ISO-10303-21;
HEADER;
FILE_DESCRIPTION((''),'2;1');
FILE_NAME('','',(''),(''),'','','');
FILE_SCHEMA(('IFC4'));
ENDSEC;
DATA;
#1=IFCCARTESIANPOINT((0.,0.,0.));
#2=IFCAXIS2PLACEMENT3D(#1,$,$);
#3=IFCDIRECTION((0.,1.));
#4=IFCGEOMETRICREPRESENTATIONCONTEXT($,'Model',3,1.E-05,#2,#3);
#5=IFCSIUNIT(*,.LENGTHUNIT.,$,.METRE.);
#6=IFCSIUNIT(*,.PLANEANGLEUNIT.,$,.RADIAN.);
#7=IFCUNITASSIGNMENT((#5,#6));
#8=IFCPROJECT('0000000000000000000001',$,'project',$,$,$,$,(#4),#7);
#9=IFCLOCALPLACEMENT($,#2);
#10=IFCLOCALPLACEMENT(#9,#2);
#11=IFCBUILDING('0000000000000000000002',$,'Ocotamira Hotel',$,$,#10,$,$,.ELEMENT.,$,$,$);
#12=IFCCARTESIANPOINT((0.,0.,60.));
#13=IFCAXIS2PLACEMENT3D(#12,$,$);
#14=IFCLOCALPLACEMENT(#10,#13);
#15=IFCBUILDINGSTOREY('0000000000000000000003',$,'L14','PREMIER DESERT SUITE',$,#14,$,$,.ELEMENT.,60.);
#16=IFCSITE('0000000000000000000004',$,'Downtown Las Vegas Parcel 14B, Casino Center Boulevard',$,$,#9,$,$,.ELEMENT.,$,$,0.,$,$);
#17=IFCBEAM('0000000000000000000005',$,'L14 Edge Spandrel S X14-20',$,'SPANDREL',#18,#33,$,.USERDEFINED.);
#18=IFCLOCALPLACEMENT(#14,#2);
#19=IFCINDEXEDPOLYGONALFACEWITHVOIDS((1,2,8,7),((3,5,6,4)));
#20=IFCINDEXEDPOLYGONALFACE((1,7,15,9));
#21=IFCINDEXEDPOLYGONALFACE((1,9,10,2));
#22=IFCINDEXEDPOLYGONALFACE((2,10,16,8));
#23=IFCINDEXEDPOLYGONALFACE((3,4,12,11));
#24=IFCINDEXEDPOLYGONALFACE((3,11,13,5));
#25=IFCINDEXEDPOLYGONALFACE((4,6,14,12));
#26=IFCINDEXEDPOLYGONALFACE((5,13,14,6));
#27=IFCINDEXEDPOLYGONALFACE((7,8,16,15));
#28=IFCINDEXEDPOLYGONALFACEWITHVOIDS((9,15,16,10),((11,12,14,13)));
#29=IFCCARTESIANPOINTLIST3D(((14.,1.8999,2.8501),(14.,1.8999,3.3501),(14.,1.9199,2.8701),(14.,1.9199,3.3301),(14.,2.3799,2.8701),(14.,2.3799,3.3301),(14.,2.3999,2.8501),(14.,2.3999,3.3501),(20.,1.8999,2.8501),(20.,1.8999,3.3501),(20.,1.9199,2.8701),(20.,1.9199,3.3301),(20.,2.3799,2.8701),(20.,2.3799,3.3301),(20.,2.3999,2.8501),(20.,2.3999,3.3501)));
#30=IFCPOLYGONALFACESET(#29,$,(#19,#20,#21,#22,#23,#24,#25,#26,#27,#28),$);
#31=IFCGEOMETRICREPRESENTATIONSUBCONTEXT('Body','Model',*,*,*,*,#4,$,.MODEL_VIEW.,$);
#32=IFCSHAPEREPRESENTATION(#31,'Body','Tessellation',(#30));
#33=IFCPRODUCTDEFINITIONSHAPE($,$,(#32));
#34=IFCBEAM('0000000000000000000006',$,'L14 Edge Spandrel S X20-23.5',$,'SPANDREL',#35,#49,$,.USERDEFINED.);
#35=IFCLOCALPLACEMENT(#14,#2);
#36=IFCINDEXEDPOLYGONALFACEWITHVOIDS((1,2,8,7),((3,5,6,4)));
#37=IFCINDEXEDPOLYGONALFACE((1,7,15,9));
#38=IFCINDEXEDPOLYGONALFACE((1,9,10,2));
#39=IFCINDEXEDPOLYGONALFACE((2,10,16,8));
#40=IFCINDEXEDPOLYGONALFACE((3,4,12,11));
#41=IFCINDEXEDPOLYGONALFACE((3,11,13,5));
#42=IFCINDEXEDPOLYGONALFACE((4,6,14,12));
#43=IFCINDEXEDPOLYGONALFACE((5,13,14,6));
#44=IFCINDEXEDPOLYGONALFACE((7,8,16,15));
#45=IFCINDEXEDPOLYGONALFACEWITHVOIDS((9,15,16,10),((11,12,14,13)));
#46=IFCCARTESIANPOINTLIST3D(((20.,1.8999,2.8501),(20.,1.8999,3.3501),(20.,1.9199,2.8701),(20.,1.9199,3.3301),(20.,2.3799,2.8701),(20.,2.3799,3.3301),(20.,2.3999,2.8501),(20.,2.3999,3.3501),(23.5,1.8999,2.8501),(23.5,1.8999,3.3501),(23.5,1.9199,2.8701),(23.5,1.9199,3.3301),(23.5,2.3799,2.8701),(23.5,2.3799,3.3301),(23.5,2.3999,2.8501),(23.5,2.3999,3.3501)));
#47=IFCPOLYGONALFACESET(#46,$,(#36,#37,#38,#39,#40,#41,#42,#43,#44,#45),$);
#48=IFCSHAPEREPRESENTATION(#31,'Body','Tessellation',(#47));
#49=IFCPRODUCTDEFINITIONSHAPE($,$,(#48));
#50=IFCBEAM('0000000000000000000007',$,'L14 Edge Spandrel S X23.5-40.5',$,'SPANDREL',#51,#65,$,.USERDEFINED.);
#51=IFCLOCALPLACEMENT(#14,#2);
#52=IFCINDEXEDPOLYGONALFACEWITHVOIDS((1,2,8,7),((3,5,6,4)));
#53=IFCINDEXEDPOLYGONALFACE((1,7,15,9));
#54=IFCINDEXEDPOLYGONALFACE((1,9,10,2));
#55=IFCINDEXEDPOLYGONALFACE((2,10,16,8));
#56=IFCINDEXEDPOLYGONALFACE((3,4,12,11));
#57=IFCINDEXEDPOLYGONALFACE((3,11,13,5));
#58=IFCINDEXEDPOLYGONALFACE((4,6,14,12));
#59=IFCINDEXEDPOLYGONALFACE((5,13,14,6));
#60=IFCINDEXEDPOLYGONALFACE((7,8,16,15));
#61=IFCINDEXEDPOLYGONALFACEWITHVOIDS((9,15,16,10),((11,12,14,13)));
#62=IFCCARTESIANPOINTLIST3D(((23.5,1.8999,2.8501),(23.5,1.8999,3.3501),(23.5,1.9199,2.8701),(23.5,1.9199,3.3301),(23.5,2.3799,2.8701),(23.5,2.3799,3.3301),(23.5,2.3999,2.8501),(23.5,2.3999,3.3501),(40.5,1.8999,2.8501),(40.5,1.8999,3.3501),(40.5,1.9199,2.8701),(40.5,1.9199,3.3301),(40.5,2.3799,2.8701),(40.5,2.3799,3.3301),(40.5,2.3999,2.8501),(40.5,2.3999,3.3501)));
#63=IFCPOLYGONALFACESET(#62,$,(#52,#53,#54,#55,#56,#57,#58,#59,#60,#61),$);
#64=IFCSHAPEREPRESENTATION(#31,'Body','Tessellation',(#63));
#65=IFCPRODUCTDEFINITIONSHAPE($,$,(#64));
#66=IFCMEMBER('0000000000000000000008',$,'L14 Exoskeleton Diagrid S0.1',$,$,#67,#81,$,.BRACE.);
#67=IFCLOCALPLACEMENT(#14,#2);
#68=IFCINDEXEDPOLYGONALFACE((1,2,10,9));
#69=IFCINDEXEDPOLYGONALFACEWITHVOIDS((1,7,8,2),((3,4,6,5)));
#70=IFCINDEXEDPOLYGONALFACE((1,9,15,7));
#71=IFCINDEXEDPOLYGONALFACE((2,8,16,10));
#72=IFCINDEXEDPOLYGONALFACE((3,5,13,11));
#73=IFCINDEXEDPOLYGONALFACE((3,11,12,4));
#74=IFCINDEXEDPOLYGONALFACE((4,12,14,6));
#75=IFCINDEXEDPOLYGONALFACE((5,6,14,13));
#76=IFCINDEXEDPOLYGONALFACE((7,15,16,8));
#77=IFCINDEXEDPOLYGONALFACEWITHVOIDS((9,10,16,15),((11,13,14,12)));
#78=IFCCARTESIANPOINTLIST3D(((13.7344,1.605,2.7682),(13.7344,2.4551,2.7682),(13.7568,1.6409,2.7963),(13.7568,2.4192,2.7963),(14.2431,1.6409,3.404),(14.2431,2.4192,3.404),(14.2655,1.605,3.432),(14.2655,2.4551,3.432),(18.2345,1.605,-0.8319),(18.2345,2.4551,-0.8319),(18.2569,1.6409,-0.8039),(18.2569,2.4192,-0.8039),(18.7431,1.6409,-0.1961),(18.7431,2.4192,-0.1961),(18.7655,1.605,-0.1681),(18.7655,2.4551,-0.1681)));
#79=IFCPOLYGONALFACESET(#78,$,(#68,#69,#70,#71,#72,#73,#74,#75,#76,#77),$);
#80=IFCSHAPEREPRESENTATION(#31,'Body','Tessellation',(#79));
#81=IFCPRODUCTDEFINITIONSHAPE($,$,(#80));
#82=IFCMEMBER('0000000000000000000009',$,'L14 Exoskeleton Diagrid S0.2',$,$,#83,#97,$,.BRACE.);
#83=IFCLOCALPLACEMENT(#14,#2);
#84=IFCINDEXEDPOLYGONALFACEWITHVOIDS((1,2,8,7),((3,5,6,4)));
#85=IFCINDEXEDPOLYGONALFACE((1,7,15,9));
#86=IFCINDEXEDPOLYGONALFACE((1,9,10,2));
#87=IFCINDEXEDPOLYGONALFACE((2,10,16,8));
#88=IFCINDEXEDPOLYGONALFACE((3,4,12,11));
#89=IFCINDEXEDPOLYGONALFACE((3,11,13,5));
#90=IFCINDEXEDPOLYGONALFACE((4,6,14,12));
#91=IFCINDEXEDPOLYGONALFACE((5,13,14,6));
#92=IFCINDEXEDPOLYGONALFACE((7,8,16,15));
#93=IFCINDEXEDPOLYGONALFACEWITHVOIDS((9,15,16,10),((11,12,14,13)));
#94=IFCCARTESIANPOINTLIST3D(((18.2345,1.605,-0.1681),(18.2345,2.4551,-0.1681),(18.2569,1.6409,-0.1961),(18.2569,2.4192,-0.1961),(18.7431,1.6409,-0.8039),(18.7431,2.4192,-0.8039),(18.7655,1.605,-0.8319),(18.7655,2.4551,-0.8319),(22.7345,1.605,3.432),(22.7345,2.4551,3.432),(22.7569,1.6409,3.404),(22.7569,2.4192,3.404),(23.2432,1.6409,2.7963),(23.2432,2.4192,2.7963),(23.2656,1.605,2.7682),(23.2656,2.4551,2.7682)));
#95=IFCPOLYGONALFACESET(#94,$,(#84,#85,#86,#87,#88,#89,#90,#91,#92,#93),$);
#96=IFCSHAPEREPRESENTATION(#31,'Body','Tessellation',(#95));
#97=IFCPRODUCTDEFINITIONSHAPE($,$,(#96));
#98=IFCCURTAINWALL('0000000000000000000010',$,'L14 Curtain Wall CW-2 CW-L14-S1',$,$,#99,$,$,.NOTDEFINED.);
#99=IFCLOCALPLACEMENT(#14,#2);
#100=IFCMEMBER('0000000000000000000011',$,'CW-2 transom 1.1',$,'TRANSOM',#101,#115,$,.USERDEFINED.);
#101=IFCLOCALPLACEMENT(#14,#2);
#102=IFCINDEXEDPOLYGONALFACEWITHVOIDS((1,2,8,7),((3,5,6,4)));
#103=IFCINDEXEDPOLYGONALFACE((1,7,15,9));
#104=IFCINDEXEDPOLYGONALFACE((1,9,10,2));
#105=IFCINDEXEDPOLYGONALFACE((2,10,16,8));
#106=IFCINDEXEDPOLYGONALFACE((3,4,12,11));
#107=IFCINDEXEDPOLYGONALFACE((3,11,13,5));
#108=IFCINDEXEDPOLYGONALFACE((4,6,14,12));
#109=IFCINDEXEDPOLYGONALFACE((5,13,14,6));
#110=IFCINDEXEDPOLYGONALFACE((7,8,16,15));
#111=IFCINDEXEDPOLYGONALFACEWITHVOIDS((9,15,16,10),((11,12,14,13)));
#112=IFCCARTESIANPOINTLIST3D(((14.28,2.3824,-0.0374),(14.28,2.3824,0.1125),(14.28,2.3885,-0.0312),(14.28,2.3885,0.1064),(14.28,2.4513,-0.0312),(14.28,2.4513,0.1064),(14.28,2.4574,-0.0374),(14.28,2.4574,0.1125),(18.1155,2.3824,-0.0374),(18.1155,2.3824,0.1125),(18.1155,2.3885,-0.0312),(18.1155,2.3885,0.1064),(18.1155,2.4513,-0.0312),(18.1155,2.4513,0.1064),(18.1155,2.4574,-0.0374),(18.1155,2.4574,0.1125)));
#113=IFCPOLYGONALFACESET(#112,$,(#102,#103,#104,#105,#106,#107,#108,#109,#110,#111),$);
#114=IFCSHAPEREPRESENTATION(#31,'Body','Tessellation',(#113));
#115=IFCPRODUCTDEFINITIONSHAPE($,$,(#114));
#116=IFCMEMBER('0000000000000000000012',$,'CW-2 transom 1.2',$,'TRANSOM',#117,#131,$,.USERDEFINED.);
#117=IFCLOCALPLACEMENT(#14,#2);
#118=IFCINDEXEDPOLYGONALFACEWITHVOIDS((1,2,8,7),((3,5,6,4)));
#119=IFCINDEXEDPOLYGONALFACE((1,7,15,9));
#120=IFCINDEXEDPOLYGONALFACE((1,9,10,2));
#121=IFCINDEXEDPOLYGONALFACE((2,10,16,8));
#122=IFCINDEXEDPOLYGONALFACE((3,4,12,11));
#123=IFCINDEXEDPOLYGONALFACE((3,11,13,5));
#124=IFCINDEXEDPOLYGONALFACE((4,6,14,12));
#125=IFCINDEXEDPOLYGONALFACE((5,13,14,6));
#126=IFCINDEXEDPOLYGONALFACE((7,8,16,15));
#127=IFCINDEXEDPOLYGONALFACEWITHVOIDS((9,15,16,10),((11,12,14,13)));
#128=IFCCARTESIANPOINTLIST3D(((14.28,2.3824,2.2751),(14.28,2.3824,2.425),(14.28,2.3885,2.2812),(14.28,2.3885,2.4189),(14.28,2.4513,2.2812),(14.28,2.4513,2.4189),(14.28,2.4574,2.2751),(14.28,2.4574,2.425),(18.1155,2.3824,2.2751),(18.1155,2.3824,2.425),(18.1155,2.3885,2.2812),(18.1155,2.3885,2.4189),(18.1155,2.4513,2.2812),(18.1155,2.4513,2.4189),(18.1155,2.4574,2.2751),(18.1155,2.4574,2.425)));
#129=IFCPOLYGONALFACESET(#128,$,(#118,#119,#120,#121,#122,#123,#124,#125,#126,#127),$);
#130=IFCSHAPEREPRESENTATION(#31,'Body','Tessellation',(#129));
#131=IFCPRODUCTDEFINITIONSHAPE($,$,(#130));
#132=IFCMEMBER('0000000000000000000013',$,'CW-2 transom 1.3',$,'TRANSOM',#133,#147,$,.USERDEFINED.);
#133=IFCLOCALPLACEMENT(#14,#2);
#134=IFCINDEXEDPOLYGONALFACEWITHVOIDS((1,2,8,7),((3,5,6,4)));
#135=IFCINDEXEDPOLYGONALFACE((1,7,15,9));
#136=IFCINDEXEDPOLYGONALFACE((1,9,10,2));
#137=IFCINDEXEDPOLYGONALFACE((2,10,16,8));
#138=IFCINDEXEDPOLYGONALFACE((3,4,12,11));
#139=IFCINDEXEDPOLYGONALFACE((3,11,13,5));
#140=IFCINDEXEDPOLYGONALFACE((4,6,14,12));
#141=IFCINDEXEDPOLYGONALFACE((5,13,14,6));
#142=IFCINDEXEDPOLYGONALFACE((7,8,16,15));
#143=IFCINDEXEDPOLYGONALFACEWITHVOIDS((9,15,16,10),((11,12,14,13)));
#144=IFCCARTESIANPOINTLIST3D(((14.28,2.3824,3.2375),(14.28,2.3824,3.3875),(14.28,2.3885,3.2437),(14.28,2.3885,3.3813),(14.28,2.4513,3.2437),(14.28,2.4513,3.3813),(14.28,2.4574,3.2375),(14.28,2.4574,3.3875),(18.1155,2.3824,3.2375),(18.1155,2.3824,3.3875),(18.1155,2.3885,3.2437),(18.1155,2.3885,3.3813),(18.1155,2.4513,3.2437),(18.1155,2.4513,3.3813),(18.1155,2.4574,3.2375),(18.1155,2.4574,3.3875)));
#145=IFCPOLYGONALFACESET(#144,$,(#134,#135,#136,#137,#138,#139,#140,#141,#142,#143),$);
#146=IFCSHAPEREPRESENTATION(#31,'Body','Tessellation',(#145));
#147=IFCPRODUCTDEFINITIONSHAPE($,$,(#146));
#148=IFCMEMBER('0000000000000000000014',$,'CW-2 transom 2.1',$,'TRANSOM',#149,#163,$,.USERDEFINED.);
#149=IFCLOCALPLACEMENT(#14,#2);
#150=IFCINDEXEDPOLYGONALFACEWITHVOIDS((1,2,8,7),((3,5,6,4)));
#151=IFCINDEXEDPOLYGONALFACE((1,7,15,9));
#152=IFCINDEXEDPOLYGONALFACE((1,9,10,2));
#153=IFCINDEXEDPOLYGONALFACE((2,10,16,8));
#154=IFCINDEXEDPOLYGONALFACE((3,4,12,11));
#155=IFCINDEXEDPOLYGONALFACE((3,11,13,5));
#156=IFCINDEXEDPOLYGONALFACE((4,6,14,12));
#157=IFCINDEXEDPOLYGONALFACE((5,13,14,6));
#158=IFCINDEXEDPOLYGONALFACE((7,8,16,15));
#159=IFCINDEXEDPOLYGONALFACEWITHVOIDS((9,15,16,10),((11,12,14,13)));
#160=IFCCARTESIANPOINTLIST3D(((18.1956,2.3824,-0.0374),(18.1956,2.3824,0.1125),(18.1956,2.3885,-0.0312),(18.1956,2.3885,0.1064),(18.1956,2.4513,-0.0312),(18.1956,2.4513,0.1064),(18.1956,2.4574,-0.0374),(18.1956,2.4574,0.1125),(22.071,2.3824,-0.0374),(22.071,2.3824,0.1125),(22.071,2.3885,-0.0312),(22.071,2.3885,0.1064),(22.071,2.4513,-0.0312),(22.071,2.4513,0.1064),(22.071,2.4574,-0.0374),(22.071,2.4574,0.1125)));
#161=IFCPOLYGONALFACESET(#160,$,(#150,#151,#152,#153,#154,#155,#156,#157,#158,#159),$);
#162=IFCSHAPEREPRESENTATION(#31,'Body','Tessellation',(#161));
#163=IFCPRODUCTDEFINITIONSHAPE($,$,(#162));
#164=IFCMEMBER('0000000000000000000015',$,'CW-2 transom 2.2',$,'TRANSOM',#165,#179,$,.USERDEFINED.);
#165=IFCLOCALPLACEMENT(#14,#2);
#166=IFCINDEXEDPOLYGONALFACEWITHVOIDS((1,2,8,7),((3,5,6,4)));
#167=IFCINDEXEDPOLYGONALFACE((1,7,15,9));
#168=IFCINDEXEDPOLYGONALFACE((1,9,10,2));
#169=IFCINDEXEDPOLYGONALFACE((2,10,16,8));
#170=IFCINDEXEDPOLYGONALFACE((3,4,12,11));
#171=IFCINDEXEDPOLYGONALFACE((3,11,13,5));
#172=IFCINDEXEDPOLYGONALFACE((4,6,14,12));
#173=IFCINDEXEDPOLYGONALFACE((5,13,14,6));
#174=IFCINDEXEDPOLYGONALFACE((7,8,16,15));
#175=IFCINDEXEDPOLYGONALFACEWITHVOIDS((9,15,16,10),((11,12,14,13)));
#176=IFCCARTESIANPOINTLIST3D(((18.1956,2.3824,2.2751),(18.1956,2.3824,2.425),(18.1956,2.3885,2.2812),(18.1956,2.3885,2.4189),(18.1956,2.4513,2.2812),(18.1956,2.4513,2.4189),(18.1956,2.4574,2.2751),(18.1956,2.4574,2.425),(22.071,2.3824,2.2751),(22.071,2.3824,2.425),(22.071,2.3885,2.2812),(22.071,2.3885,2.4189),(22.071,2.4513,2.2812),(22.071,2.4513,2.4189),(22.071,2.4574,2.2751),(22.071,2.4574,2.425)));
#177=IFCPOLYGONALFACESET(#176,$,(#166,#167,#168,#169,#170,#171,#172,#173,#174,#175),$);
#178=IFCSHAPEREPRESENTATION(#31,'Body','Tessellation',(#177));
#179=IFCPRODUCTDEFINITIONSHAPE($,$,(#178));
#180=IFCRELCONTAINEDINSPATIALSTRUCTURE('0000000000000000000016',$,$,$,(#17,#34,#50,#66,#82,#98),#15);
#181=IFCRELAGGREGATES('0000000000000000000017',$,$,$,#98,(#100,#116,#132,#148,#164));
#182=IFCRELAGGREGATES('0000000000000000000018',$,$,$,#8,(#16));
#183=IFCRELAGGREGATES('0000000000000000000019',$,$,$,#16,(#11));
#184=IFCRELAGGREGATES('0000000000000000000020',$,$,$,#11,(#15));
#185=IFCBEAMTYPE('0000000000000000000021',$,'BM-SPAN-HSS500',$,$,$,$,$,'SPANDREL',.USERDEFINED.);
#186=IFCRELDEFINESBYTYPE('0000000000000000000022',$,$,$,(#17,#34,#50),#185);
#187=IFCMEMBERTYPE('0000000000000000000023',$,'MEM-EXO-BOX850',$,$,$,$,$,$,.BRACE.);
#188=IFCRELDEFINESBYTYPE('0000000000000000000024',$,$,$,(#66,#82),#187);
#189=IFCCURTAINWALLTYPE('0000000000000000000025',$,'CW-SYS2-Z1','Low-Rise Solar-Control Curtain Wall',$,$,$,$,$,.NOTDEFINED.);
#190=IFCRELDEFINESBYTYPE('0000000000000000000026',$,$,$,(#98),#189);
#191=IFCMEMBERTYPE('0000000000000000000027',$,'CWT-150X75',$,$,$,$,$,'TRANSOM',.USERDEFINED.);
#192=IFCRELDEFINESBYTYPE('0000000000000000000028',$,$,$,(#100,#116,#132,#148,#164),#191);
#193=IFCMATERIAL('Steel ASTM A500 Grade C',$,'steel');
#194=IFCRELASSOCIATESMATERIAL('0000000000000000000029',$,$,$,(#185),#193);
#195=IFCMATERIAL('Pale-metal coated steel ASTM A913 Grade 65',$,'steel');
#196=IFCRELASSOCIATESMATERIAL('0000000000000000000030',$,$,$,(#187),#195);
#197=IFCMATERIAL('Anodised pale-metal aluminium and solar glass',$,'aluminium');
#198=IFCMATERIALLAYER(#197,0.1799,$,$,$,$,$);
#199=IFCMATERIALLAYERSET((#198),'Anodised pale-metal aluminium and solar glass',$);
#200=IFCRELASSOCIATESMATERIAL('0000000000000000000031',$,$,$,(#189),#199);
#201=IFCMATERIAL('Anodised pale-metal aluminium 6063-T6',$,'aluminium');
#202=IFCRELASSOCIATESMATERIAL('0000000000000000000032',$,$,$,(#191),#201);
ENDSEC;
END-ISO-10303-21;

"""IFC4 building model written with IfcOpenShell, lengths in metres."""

from ifc_helpers import new_model, si_unit, direction, frame, origin, origin_2d, place, context, subcontext, project, spatial, hollow_rectangle, extrude, source, transform, mapped, material, layer, layer_set, material_profile, profile_set, type_object, element, aggregate, save


model = new_model("IFC4")

# Units and contexts
model_context = context("Model", 3, precision=1e-05, world=origin(), true_north=direction((0.0, 1.0)))
body_context = subcontext(model_context, "Body", "Model", "MODEL_VIEW")
ifc_project = project(units=[si_unit("LENGTHUNIT", "METRE"), si_unit("PLANEANGLEUNIT", "RADIAN")], contexts=[model_context])

# Site, building, storey
site_placement = place(None, origin())
site = spatial("IfcSite", under=ifc_project, at=site_placement, Name="Downtown Las Vegas Parcel 14B, Casino Center Boulevard", CompositionType="ELEMENT", RefElevation=0.0)
building_placement = place(site_placement, origin())
building = spatial("IfcBuilding", under=site, at=building_placement, Name="Ocotamira Hotel", CompositionType="ELEMENT")
storey_placement = place(building_placement, frame((0.0, 0.0, 60.0)))
storey = spatial("IfcBuildingStorey", under=building, at=storey_placement, Name="L14", Description="PREMIER DESERT SUITE", CompositionType="ELEMENT", Elevation=60.0)

# Beams
ifc_material_1 = material(Name="Steel ASTM A500 Grade C", Category="steel")
ifc_material_profile_1 = material_profile(ifc_material_1, hollow_rectangle(XDim=0.5, YDim=0.5, WallThickness=0.02, at=origin_2d()), Name="HSS500X500X20")
ifc_profile_set_1 = profile_set([ifc_material_profile_1], Name="Steel ASTM A500 Grade C")
beam_type = type_object("IfcBeamType", Name="BM-SPAN-HSS500", ElementType="SPANDREL", PredefinedType="USERDEFINED", material=ifc_profile_set_1)
shared_shape_1 = source(origin(), body_context, "Body", "SweptSolid", [
    extrude(hollow_rectangle(XDim=0.5, YDim=0.5, WallThickness=0.02, at=origin_2d()), origin(), (0.0, 0.0, 1.0), 6.0),
])
beam_1_placement = place(storey_placement, frame((14.0, 2.1499, 3.1001), z_axis=(1.0, 0.0, 0.0), x_axis=(0.0, 1.0, 0.0)))
element("IfcBeam", 1, at=beam_1_placement, inside=storey, type_object=beam_type, Name="L14 Edge Spandrel S X14-20", ObjectType="SPANDREL", PredefinedType="USERDEFINED", context=body_context, shape_type="MappedRepresentation", body=[
    mapped(shared_shape_1, transform((0.0, 0.0, 0.0), scale=1.0)),
])
shared_shape_2 = source(origin(), body_context, "Body", "SweptSolid", [
    extrude(hollow_rectangle(XDim=0.5, YDim=0.5, WallThickness=0.02, at=origin_2d()), origin(), (0.0, 0.0, 1.0), 3.5),
])
beam_2_placement = place(storey_placement, frame((20.0, 2.1499, 3.1001), z_axis=(1.0, 0.0, 0.0), x_axis=(0.0, 1.0, 0.0)))
element("IfcBeam", 2, at=beam_2_placement, inside=storey, type_object=beam_type, Name="L14 Edge Spandrel S X20-23.5", ObjectType="SPANDREL", PredefinedType="USERDEFINED", context=body_context, shape_type="MappedRepresentation", body=[
    mapped(shared_shape_2, transform((0.0, 0.0, 0.0), scale=1.0)),
])
shared_shape_3 = source(origin(), body_context, "Body", "SweptSolid", [
    extrude(hollow_rectangle(XDim=0.5, YDim=0.5, WallThickness=0.02, at=origin_2d()), origin(), (0.0, 0.0, 1.0), 17.0),
])
beam_3_placement = place(storey_placement, frame((23.5, 2.1499, 3.1001), z_axis=(1.0, 0.0, 0.0), x_axis=(0.0, 1.0, 0.0)))
element("IfcBeam", 3, at=beam_3_placement, inside=storey, type_object=beam_type, Name="L14 Edge Spandrel S X23.5-40.5", ObjectType="SPANDREL", PredefinedType="USERDEFINED", context=body_context, shape_type="MappedRepresentation", body=[
    mapped(shared_shape_3, transform((0.0, 0.0, 0.0), scale=1.0)),
])

# Members
ifc_material_2 = material(Name="Pale-metal coated steel ASTM A913 Grade 65", Category="steel")
ifc_material_profile_2 = material_profile(ifc_material_2, hollow_rectangle(XDim=0.8501, YDim=0.8501, WallThickness=0.0359, at=origin_2d()), Name="BOX850X850X36")
ifc_profile_set_2 = profile_set([ifc_material_profile_2], Name="Pale-metal coated steel ASTM A913 Grade 65")
member_type_1 = type_object("IfcMemberType", Name="MEM-EXO-BOX850", PredefinedType="BRACE", material=ifc_profile_set_2)
shared_shape_4 = source(origin(), body_context, "Body", "SweptSolid", [
    extrude(hollow_rectangle(XDim=0.8501, YDim=0.8501, WallThickness=0.0359, at=origin_2d()), origin(), (0.0, 0.0, 1.0), 5.7629),
])
for number, where, z_axis, x_axis, name in (
    (4, (18.5, 2.03, -0.5), (-0.780861, 0.0, 0.624705), (0.0, -1.0, 0.0), "L14 Exoskeleton Diagrid S0.1"),
    (5, (18.5, 2.03, -0.5), (0.780861, 0.0, 0.624705), (0.0, 1.0, 0.0), "L14 Exoskeleton Diagrid S0.2"),
):
    element("IfcMember", number, at=place(storey_placement, frame(where, z_axis=z_axis, x_axis=x_axis)), inside=storey, type_object=member_type_1, Name=name, PredefinedType="BRACE", context=body_context, shape_type="MappedRepresentation", body=[
        mapped(shared_shape_4, transform((0.0, 0.0, 0.0), scale=1.0)),
    ])

# Curtain wall, members
ifc_material_3 = material(Name="Anodised pale-metal aluminium and solar glass", Category="aluminium")
ifc_layer_1 = layer(ifc_material_3, 0.1799)
ifc_layer_set_1 = layer_set([ifc_layer_1], Name="Anodised pale-metal aluminium and solar glass")
curtain_wall_type = type_object("IfcCurtainWallType", Name="CW-SYS2-Z1", Description="Low-Rise Solar-Control Curtain Wall", PredefinedType="NOTDEFINED", material=ifc_layer_set_1)
curtain_wall_placement = place(storey_placement, origin())
curtain_wall = element("IfcCurtainWall", 6, at=curtain_wall_placement, inside=storey, type_object=curtain_wall_type, Name="L14 Curtain Wall CW-2 CW-L14-S1", PredefinedType="NOTDEFINED")
ifc_material_4 = material(Name="Anodised pale-metal aluminium 6063-T6", Category="aluminium")
ifc_material_profile_3 = material_profile(ifc_material_4, hollow_rectangle(XDim=0.075, YDim=0.1499, WallThickness=0.0061, at=origin_2d()), Name="HSS150X75X6")
ifc_profile_set_3 = profile_set([ifc_material_profile_3], Name="Anodised pale-metal aluminium 6063-T6")
member_type_2 = type_object("IfcMemberType", Name="CWT-150X75", ElementType="TRANSOM", PredefinedType="USERDEFINED", material=ifc_profile_set_3)
shared_shape_5 = source(origin(), body_context, "Body", "SweptSolid", [
    extrude(hollow_rectangle(XDim=0.075, YDim=0.1499, WallThickness=0.0061, at=origin_2d()), origin(), (0.0, 0.0, 1.0), 3.8354),
])
member_1_placement = place(storey_placement, frame((14.28, 2.4199, 0.0376), z_axis=(1.0, 0.0, 0.0), x_axis=(0.0, 1.0, 0.0)))
member_1 = element("IfcMember", 7, at=member_1_placement, type_object=member_type_2, Name="CW-2 transom 1.1", ObjectType="TRANSOM", PredefinedType="USERDEFINED", context=body_context, shape_type="MappedRepresentation", body=[
    mapped(shared_shape_5, transform((0.0, 0.0, 0.0), scale=1.0)),
])
member_2_placement = place(storey_placement, frame((14.28, 2.4199, 2.3501), z_axis=(1.0, 0.0, 0.0), x_axis=(0.0, 1.0, 0.0)))
member_2 = element("IfcMember", 8, at=member_2_placement, type_object=member_type_2, Name="CW-2 transom 1.2", ObjectType="TRANSOM", PredefinedType="USERDEFINED", context=body_context, shape_type="MappedRepresentation", body=[
    mapped(shared_shape_5, transform((0.0, 0.0, 0.0), scale=1.0)),
])
member_3_placement = place(storey_placement, frame((14.28, 2.4199, 3.3125), z_axis=(1.0, 0.0, 0.0), x_axis=(0.0, 1.0, 0.0)))
member_3 = element("IfcMember", 9, at=member_3_placement, type_object=member_type_2, Name="CW-2 transom 1.3", ObjectType="TRANSOM", PredefinedType="USERDEFINED", context=body_context, shape_type="MappedRepresentation", body=[
    mapped(shared_shape_5, transform((0.0, 0.0, 0.0), scale=1.0)),
])
shared_shape_6 = source(origin(), body_context, "Body", "SweptSolid", [
    extrude(hollow_rectangle(XDim=0.075, YDim=0.1499, WallThickness=0.0061, at=origin_2d()), origin(), (0.0, 0.0, 1.0), 3.8755),
])
member_4_placement = place(storey_placement, frame((18.1956, 2.4199, 0.0376), z_axis=(1.0, 0.0, 0.0), x_axis=(0.0, 1.0, 0.0)))
member_4 = element("IfcMember", 10, at=member_4_placement, type_object=member_type_2, Name="CW-2 transom 2.1", ObjectType="TRANSOM", PredefinedType="USERDEFINED", context=body_context, shape_type="MappedRepresentation", body=[
    mapped(shared_shape_6, transform((0.0, 0.0, 0.0), scale=1.0)),
])
member_5_placement = place(storey_placement, frame((18.1956, 2.4199, 2.3501), z_axis=(1.0, 0.0, 0.0), x_axis=(0.0, 1.0, 0.0)))
member_5 = element("IfcMember", 11, at=member_5_placement, type_object=member_type_2, Name="CW-2 transom 2.2", ObjectType="TRANSOM", PredefinedType="USERDEFINED", context=body_context, shape_type="MappedRepresentation", body=[
    mapped(shared_shape_6, transform((0.0, 0.0, 0.0), scale=1.0)),
])

aggregate(curtain_wall, [member_1, member_2, member_3, member_4, member_5])

save(model, "model.ifc")
